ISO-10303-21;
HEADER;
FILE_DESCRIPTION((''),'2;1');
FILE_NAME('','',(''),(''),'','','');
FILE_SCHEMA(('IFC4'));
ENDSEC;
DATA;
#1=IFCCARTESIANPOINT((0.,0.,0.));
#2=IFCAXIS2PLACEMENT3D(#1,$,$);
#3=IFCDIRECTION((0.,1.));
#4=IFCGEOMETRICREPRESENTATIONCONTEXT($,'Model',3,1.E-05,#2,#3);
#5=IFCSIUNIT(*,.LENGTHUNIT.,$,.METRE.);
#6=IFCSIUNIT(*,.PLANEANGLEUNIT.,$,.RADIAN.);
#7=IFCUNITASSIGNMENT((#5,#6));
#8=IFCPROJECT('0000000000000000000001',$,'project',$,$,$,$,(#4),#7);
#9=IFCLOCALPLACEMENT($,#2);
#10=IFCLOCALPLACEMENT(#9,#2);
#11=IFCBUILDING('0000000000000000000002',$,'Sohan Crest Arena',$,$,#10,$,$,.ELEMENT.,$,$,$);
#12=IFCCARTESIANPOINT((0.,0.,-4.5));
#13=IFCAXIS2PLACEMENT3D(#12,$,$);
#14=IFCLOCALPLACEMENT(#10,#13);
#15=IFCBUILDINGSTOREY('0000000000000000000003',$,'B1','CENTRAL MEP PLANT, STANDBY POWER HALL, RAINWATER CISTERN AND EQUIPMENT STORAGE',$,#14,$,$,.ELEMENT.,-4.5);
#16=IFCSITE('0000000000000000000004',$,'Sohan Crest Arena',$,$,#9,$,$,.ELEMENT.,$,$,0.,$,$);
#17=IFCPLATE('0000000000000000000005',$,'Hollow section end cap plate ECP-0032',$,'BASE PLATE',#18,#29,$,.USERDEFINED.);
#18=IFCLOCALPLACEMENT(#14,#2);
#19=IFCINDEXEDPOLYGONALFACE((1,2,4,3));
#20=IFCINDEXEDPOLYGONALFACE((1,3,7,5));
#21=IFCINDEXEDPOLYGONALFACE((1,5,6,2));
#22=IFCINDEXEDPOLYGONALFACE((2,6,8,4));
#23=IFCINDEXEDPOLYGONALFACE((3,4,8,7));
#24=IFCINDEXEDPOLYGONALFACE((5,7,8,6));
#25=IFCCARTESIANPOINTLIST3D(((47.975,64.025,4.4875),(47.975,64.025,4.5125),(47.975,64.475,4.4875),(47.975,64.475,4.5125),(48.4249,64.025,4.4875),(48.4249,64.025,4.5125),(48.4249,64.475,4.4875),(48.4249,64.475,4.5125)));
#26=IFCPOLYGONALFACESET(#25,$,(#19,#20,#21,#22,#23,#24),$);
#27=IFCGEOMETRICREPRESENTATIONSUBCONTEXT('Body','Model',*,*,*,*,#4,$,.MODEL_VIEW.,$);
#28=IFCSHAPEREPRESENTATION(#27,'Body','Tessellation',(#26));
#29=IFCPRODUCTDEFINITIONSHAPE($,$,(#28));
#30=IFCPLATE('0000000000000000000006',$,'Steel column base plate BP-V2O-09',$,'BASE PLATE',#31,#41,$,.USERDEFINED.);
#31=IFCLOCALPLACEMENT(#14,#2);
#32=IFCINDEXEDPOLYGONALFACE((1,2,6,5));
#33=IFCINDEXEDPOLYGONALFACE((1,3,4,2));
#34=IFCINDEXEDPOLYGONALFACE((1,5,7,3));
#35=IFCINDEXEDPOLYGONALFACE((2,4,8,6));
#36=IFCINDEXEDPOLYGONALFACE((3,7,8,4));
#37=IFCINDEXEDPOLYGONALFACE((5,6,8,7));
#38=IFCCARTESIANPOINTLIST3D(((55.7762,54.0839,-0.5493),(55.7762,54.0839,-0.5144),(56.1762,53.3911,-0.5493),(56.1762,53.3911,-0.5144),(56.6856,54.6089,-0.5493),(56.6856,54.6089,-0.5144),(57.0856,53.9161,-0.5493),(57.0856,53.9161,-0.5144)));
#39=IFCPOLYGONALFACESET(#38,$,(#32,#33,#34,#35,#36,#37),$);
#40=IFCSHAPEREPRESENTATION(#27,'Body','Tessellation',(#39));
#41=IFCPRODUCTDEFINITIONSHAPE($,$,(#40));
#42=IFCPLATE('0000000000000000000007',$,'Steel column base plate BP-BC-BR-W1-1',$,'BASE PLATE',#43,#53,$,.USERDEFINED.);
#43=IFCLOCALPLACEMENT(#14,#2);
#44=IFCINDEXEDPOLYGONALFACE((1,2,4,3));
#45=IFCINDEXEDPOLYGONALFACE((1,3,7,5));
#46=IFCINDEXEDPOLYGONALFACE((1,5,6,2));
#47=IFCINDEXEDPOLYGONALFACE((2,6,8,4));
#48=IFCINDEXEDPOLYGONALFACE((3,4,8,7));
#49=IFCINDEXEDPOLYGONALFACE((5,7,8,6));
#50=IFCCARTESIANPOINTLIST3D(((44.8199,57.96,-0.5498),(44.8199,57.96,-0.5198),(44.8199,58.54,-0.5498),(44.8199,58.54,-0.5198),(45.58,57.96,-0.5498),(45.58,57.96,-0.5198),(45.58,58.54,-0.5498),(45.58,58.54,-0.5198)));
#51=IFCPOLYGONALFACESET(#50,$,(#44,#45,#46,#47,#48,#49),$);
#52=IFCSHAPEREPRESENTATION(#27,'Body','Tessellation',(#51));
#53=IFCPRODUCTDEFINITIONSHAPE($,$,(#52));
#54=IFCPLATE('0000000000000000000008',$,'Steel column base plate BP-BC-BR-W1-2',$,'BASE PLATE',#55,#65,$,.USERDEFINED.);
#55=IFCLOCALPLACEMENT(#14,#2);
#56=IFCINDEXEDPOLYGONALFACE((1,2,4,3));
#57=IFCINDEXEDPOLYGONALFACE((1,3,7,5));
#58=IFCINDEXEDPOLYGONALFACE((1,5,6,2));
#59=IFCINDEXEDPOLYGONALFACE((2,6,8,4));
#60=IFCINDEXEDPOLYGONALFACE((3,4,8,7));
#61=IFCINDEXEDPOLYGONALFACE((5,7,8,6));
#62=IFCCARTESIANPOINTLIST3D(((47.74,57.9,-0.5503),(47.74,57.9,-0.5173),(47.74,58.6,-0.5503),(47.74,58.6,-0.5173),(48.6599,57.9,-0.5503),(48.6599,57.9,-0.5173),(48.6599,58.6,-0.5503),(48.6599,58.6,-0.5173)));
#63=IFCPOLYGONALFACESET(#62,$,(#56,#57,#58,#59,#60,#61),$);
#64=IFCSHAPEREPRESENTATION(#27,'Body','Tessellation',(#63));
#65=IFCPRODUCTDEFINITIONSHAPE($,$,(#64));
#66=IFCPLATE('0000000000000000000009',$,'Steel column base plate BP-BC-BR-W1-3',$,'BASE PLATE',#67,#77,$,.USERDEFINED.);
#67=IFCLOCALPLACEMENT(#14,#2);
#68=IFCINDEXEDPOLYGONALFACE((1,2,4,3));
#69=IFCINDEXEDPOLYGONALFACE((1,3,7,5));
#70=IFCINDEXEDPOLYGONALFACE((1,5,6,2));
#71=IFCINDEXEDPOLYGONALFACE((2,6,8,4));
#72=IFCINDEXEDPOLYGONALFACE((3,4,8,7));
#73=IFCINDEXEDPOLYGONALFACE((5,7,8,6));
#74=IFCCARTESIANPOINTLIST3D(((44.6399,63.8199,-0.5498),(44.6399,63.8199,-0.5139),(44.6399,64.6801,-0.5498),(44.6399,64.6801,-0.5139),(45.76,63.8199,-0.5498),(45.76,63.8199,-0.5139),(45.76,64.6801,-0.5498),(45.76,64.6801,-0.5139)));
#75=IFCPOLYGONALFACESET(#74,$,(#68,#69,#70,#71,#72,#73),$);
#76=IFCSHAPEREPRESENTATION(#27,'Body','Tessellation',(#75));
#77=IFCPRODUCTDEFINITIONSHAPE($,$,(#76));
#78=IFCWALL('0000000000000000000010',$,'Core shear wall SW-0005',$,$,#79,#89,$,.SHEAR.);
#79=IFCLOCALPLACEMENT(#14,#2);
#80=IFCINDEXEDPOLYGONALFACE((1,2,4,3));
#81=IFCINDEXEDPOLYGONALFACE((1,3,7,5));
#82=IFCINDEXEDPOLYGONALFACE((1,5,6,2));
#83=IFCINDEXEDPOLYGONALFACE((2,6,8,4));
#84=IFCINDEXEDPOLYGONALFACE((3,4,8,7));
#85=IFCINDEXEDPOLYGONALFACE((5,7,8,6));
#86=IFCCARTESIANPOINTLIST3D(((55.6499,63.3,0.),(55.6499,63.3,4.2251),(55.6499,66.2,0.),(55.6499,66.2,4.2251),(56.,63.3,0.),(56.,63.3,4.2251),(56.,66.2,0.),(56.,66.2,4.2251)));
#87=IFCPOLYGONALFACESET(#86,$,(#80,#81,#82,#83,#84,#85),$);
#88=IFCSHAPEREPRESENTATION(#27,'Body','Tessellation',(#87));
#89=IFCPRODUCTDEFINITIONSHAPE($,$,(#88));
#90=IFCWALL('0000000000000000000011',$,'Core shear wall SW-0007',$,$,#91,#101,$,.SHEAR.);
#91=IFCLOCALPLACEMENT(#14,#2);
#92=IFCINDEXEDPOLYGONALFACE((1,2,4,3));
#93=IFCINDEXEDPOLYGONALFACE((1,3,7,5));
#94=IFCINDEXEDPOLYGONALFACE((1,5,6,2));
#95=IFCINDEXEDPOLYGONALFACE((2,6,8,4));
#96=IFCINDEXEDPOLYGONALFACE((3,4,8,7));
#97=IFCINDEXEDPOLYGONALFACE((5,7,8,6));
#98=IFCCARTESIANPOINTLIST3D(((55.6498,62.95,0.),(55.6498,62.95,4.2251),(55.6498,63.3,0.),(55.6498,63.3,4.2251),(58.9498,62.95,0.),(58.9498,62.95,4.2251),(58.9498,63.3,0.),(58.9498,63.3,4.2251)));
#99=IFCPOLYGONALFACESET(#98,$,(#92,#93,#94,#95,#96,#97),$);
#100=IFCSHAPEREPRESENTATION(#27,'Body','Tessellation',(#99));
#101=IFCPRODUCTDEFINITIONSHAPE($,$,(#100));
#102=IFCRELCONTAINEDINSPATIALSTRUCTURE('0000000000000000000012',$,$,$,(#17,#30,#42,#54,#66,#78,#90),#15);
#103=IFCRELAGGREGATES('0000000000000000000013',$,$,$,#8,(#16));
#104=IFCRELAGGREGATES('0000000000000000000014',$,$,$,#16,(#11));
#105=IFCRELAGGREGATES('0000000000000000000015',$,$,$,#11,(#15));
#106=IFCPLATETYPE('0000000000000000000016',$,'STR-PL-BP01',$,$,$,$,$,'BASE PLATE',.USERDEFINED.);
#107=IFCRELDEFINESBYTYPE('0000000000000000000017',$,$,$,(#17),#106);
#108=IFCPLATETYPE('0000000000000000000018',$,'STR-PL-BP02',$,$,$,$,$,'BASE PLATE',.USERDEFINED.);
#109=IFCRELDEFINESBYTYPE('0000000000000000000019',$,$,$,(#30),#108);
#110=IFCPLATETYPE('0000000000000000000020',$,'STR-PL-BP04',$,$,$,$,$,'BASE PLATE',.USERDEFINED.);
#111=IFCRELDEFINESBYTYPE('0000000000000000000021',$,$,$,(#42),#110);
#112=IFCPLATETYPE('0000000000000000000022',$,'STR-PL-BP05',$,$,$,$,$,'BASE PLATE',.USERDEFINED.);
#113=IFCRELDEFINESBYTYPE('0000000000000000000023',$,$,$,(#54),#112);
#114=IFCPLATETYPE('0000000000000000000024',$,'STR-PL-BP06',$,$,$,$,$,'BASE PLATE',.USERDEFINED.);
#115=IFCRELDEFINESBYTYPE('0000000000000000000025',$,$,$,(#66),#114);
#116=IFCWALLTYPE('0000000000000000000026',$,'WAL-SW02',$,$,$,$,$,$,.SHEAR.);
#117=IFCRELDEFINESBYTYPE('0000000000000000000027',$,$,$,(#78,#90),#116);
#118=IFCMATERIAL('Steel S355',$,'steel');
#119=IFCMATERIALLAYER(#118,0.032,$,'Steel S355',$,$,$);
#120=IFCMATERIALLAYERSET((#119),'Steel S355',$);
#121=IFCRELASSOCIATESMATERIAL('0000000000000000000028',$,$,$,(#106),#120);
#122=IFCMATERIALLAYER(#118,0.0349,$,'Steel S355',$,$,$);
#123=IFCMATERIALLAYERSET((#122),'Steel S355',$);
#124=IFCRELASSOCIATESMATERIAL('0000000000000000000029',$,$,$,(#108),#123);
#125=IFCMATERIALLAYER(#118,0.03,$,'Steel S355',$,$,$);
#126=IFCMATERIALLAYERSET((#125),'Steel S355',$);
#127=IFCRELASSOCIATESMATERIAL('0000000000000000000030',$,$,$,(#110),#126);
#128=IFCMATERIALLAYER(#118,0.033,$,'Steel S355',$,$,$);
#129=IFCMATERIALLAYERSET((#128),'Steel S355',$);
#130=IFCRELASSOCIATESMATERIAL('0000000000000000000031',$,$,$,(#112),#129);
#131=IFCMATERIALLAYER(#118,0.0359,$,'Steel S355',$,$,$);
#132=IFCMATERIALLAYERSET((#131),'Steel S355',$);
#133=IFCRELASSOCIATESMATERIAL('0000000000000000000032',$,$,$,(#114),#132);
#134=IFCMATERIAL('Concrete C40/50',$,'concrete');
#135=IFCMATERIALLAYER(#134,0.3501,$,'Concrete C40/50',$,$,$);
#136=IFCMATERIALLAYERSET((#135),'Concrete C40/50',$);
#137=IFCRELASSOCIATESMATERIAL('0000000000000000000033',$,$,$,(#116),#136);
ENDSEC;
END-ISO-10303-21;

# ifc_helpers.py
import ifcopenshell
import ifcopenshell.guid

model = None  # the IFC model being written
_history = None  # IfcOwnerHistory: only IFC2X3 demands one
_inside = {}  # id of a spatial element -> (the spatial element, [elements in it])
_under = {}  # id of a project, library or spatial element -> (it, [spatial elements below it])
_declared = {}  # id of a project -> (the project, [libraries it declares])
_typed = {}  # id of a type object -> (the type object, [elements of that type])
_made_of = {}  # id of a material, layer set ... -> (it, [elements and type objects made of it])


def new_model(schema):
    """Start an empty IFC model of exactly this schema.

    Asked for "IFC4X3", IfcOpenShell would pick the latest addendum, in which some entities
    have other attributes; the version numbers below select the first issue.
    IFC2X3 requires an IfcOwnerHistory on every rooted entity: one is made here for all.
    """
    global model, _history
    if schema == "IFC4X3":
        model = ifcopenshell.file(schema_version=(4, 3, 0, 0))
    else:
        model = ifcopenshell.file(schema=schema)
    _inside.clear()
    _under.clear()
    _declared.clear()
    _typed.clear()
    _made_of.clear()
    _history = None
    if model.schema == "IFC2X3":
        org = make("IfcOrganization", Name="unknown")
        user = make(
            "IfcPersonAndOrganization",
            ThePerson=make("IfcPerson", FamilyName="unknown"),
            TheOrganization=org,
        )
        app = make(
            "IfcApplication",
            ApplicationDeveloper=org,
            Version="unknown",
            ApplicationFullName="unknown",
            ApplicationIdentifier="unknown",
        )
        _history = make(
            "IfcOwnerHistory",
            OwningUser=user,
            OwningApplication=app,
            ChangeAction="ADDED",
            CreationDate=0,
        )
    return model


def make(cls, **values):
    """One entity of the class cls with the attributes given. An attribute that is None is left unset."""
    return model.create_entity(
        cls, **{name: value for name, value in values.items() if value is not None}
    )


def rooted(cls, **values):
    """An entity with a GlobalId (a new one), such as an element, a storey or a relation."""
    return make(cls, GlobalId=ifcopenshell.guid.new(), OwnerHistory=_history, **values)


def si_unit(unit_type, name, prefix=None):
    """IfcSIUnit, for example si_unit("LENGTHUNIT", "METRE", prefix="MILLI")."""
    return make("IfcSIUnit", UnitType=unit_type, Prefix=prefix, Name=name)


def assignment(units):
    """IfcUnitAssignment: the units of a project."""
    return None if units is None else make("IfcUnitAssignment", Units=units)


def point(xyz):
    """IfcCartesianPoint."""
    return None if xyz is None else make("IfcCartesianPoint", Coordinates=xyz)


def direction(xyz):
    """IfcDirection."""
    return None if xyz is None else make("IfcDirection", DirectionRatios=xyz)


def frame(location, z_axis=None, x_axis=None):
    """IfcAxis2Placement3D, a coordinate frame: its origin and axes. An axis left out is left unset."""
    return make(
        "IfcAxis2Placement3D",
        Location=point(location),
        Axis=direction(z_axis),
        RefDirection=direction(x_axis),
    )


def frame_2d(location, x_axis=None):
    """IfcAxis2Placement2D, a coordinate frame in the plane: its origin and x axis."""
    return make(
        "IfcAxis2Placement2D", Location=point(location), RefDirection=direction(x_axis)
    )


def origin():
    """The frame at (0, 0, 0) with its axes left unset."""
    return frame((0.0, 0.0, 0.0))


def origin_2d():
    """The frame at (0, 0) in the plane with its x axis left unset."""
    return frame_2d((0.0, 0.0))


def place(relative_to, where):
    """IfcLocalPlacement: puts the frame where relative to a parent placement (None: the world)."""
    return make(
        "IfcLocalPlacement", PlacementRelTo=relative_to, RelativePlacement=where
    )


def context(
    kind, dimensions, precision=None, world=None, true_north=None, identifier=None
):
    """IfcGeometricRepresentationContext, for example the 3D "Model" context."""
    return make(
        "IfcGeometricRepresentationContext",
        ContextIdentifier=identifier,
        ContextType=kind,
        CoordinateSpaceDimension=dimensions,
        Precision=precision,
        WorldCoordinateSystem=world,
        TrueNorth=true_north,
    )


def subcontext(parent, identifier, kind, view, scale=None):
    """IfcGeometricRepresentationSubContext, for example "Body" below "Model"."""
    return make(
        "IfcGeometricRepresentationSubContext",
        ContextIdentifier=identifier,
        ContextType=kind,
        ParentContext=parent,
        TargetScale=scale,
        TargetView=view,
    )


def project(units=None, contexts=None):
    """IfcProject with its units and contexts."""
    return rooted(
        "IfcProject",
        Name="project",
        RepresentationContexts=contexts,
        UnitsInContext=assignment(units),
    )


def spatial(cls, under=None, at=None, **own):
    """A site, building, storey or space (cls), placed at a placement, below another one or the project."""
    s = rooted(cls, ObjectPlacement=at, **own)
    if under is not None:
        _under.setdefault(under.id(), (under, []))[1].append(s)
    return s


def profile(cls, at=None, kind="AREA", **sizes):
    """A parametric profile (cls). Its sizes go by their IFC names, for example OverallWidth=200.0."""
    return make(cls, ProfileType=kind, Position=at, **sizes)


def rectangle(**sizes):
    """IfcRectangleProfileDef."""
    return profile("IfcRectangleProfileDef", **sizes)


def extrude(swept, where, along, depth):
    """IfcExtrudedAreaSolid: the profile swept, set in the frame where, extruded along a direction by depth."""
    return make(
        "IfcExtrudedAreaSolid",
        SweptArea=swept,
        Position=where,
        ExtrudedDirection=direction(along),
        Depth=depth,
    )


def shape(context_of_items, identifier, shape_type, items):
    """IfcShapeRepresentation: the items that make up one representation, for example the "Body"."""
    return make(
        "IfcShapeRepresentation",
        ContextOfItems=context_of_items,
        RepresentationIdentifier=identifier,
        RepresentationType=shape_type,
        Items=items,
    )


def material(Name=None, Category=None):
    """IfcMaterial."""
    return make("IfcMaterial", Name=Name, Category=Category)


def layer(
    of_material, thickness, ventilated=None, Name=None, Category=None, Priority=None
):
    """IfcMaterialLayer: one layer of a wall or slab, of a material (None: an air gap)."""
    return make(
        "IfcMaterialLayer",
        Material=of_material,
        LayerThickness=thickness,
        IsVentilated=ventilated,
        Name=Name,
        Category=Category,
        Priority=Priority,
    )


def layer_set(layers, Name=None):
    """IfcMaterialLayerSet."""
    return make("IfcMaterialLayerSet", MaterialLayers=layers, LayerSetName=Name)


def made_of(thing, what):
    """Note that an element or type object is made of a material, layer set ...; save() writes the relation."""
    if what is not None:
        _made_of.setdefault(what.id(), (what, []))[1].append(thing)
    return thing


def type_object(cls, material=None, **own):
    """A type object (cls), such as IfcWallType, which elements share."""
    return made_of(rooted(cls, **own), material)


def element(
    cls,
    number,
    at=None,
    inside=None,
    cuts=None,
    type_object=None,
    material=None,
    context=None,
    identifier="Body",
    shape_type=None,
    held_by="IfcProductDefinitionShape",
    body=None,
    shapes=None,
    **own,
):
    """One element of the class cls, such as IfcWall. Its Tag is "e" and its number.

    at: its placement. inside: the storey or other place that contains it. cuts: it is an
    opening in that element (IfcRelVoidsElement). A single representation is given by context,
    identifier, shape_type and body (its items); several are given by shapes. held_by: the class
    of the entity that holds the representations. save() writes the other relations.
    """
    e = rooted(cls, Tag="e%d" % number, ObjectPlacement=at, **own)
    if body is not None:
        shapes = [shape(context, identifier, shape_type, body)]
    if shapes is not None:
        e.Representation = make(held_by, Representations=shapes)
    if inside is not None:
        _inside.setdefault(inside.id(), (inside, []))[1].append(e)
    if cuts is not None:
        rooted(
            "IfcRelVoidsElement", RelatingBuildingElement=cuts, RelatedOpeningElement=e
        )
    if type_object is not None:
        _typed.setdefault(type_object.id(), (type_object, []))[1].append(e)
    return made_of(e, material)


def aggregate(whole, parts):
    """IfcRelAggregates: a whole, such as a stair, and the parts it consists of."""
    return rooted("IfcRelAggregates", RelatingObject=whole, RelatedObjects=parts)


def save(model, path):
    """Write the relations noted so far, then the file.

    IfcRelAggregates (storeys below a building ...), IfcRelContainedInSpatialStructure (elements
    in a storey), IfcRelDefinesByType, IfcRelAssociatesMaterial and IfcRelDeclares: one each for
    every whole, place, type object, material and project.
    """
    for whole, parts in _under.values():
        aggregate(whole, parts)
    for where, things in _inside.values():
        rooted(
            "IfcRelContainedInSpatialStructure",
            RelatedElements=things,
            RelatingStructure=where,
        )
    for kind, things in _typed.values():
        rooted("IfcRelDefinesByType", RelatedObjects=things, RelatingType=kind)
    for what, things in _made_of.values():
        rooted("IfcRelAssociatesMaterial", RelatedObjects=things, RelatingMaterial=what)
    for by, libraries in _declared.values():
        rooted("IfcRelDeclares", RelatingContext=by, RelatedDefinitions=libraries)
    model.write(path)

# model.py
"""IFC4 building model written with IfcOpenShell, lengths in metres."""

from ifc_helpers import new_model, si_unit, direction, frame, frame_2d, origin, origin_2d, place, context, subcontext, project, spatial, rectangle, extrude, material, layer, layer_set, type_object, element, save


model = new_model("IFC4")

# Units and contexts
model_context = context("Model", 3, precision=1e-05, world=origin(), true_north=direction((0.0, 1.0)))
body_context = subcontext(model_context, "Body", "Model", "MODEL_VIEW")
ifc_project = project(units=[si_unit("LENGTHUNIT", "METRE"), si_unit("PLANEANGLEUNIT", "RADIAN")], contexts=[model_context])

# Site, building, storey
site_placement = place(None, origin())
site = spatial("IfcSite", under=ifc_project, at=site_placement, Name="Sohan Crest Arena", CompositionType="ELEMENT", RefElevation=0.0)
building_placement = place(site_placement, origin())
building = spatial("IfcBuilding", under=site, at=building_placement, Name="Sohan Crest Arena", CompositionType="ELEMENT")
storey_placement = place(building_placement, frame((0.0, 0.0, -4.5)))
storey = spatial("IfcBuildingStorey", under=building, at=storey_placement, Name="B1", Description="CENTRAL MEP PLANT, STANDBY POWER HALL, RAINWATER CISTERN AND EQUIPMENT STORAGE", CompositionType="ELEMENT", Elevation=-4.5)

# Shared definitions
ifc_material_1 = material(Name="Concrete C40/50", Category="concrete")

# Shared definitions
ifc_material_2 = material(Name="Steel S355", Category="steel")

# Plates
ifc_layer_1 = layer(ifc_material_2, 0.032, Name="Steel S355")
ifc_layer_set_1 = layer_set([ifc_layer_1], Name="Steel S355")
plate_type_1 = type_object("IfcPlateType", Name="STR-PL-BP01", ElementType="BASE PLATE", PredefinedType="USERDEFINED", material=ifc_layer_set_1)
for number, where, z_axis, x_axis, name in (
    (1, (48.2, 64.25, 4.4875), (0.0, 0.0, 1.0), (1.0, 0.0, 0.0), "Hollow section end cap plate ECP-0032"),
):
    element("IfcPlate", number, at=place(storey_placement, frame(where, z_axis=z_axis, x_axis=x_axis)), inside=storey, type_object=plate_type_1, Name=name, ObjectType="BASE PLATE", PredefinedType="USERDEFINED", context=body_context, shape_type="SweptSolid", body=[
        extrude(rectangle(XDim=0.45, YDim=0.45, at=origin_2d()), origin(), (0.0, 0.0, 1.0), 0.0249),
    ])
ifc_layer_2 = layer(ifc_material_2, 0.0349, Name="Steel S355")
ifc_layer_set_2 = layer_set([ifc_layer_2], Name="Steel S355")
plate_type_2 = type_object("IfcPlateType", Name="STR-PL-BP02", ElementType="BASE PLATE", PredefinedType="USERDEFINED", material=ifc_layer_set_2)
plate_1_placement = place(storey_placement, frame((56.4309, 54.0, -0.5493), z_axis=(0.0, 0.0, 1.0), x_axis=(0.866025, 0.5, 0.0)))
element("IfcPlate", 2, at=plate_1_placement, inside=storey, type_object=plate_type_2, Name="Steel column base plate BP-V2O-09", ObjectType="BASE PLATE", PredefinedType="USERDEFINED", context=body_context, shape_type="SweptSolid", body=[
    extrude(rectangle(XDim=1.05, YDim=0.8, at=origin_2d()), origin(), (0.0, 0.0, 1.0), 0.0349),
])
ifc_layer_3 = layer(ifc_material_2, 0.03, Name="Steel S355")
ifc_layer_set_3 = layer_set([ifc_layer_3], Name="Steel S355")
plate_type_3 = type_object("IfcPlateType", Name="STR-PL-BP04", ElementType="BASE PLATE", PredefinedType="USERDEFINED", material=ifc_layer_set_3)
plate_2_placement = place(storey_placement, frame((45.2, 58.25, -0.5498), z_axis=(0.0, 0.0, 1.0), x_axis=(1.0, 0.0, 0.0)))
element("IfcPlate", 3, at=plate_2_placement, inside=storey, type_object=plate_type_3, Name="Steel column base plate BP-BC-BR-W1-1", ObjectType="BASE PLATE", PredefinedType="USERDEFINED", context=body_context, shape_type="SweptSolid", body=[
    extrude(rectangle(XDim=0.76, YDim=0.5801, at=origin_2d()), origin(), (0.0, 0.0, 1.0), 0.03),
])
ifc_layer_4 = layer(ifc_material_2, 0.033, Name="Steel S355")
ifc_layer_set_4 = layer_set([ifc_layer_4], Name="Steel S355")
plate_type_4 = type_object("IfcPlateType", Name="STR-PL-BP05", ElementType="BASE PLATE", PredefinedType="USERDEFINED", material=ifc_layer_set_4)
plate_3_placement = place(storey_placement, frame((48.2, 58.25, -0.5503), z_axis=(0.0, 0.0, 1.0), x_axis=(1.0, 0.0, 0.0)))
element("IfcPlate", 4, at=plate_3_placement, inside=storey, type_object=plate_type_4, Name="Steel column base plate BP-BC-BR-W1-2", ObjectType="BASE PLATE", PredefinedType="USERDEFINED", context=body_context, shape_type="SweptSolid", body=[
    extrude(rectangle(XDim=0.9199, YDim=0.7, at=origin_2d()), origin(), (0.0, 0.0, 1.0), 0.033),
])
ifc_layer_5 = layer(ifc_material_2, 0.0359, Name="Steel S355")
ifc_layer_set_5 = layer_set([ifc_layer_5], Name="Steel S355")
plate_type_5 = type_object("IfcPlateType", Name="STR-PL-BP06", ElementType="BASE PLATE", PredefinedType="USERDEFINED", material=ifc_layer_set_5)
plate_4_placement = place(storey_placement, frame((45.2, 64.25, -0.5498), z_axis=(0.0, 0.0, 1.0), x_axis=(1.0, 0.0, 0.0)))
element("IfcPlate", 5, at=plate_4_placement, inside=storey, type_object=plate_type_5, Name="Steel column base plate BP-BC-BR-W1-3", ObjectType="BASE PLATE", PredefinedType="USERDEFINED", context=body_context, shape_type="SweptSolid", body=[
    extrude(rectangle(XDim=1.1201, YDim=0.8601, at=origin_2d()), origin(), (0.0, 0.0, 1.0), 0.0359),
])

# Walls
ifc_layer_6 = layer(ifc_material_1, 0.3501, Name="Concrete C40/50")
ifc_layer_set_6 = layer_set([ifc_layer_6], Name="Concrete C40/50")
wall_type = type_object("IfcWallType", Name="WAL-SW02", PredefinedType="SHEAR", material=ifc_layer_set_6)
wall_1_placement = place(storey_placement, frame((55.825, 63.3, 0.0), z_axis=(0.0, 0.0, 1.0), x_axis=(0.0, 1.0, 0.0)))
element("IfcWall", 6, at=wall_1_placement, inside=storey, type_object=wall_type, Name="Core shear wall SW-0005", PredefinedType="SHEAR", context=body_context, shape_type="SweptSolid", body=[
    extrude(rectangle(XDim=2.8999, YDim=0.3501, at=frame_2d((1.45, 0.0))), origin(), (0.0, 0.0, 1.0), 4.2251),
])
wall_2_placement = place(storey_placement, frame((55.6499, 63.125, 0.0), z_axis=(0.0, 0.0, 1.0), x_axis=(1.0, 0.0, 0.0)))
element("IfcWall", 7, at=wall_2_placement, inside=storey, type_object=wall_type, Name="Core shear wall SW-0007", PredefinedType="SHEAR", context=body_context, shape_type="SweptSolid", body=[
    extrude(rectangle(XDim=3.3, YDim=0.3501, at=frame_2d((1.6499, 0.0))), origin(), (0.0, 0.0, 1.0), 4.2251),
])

save(model, "model.ifc")
